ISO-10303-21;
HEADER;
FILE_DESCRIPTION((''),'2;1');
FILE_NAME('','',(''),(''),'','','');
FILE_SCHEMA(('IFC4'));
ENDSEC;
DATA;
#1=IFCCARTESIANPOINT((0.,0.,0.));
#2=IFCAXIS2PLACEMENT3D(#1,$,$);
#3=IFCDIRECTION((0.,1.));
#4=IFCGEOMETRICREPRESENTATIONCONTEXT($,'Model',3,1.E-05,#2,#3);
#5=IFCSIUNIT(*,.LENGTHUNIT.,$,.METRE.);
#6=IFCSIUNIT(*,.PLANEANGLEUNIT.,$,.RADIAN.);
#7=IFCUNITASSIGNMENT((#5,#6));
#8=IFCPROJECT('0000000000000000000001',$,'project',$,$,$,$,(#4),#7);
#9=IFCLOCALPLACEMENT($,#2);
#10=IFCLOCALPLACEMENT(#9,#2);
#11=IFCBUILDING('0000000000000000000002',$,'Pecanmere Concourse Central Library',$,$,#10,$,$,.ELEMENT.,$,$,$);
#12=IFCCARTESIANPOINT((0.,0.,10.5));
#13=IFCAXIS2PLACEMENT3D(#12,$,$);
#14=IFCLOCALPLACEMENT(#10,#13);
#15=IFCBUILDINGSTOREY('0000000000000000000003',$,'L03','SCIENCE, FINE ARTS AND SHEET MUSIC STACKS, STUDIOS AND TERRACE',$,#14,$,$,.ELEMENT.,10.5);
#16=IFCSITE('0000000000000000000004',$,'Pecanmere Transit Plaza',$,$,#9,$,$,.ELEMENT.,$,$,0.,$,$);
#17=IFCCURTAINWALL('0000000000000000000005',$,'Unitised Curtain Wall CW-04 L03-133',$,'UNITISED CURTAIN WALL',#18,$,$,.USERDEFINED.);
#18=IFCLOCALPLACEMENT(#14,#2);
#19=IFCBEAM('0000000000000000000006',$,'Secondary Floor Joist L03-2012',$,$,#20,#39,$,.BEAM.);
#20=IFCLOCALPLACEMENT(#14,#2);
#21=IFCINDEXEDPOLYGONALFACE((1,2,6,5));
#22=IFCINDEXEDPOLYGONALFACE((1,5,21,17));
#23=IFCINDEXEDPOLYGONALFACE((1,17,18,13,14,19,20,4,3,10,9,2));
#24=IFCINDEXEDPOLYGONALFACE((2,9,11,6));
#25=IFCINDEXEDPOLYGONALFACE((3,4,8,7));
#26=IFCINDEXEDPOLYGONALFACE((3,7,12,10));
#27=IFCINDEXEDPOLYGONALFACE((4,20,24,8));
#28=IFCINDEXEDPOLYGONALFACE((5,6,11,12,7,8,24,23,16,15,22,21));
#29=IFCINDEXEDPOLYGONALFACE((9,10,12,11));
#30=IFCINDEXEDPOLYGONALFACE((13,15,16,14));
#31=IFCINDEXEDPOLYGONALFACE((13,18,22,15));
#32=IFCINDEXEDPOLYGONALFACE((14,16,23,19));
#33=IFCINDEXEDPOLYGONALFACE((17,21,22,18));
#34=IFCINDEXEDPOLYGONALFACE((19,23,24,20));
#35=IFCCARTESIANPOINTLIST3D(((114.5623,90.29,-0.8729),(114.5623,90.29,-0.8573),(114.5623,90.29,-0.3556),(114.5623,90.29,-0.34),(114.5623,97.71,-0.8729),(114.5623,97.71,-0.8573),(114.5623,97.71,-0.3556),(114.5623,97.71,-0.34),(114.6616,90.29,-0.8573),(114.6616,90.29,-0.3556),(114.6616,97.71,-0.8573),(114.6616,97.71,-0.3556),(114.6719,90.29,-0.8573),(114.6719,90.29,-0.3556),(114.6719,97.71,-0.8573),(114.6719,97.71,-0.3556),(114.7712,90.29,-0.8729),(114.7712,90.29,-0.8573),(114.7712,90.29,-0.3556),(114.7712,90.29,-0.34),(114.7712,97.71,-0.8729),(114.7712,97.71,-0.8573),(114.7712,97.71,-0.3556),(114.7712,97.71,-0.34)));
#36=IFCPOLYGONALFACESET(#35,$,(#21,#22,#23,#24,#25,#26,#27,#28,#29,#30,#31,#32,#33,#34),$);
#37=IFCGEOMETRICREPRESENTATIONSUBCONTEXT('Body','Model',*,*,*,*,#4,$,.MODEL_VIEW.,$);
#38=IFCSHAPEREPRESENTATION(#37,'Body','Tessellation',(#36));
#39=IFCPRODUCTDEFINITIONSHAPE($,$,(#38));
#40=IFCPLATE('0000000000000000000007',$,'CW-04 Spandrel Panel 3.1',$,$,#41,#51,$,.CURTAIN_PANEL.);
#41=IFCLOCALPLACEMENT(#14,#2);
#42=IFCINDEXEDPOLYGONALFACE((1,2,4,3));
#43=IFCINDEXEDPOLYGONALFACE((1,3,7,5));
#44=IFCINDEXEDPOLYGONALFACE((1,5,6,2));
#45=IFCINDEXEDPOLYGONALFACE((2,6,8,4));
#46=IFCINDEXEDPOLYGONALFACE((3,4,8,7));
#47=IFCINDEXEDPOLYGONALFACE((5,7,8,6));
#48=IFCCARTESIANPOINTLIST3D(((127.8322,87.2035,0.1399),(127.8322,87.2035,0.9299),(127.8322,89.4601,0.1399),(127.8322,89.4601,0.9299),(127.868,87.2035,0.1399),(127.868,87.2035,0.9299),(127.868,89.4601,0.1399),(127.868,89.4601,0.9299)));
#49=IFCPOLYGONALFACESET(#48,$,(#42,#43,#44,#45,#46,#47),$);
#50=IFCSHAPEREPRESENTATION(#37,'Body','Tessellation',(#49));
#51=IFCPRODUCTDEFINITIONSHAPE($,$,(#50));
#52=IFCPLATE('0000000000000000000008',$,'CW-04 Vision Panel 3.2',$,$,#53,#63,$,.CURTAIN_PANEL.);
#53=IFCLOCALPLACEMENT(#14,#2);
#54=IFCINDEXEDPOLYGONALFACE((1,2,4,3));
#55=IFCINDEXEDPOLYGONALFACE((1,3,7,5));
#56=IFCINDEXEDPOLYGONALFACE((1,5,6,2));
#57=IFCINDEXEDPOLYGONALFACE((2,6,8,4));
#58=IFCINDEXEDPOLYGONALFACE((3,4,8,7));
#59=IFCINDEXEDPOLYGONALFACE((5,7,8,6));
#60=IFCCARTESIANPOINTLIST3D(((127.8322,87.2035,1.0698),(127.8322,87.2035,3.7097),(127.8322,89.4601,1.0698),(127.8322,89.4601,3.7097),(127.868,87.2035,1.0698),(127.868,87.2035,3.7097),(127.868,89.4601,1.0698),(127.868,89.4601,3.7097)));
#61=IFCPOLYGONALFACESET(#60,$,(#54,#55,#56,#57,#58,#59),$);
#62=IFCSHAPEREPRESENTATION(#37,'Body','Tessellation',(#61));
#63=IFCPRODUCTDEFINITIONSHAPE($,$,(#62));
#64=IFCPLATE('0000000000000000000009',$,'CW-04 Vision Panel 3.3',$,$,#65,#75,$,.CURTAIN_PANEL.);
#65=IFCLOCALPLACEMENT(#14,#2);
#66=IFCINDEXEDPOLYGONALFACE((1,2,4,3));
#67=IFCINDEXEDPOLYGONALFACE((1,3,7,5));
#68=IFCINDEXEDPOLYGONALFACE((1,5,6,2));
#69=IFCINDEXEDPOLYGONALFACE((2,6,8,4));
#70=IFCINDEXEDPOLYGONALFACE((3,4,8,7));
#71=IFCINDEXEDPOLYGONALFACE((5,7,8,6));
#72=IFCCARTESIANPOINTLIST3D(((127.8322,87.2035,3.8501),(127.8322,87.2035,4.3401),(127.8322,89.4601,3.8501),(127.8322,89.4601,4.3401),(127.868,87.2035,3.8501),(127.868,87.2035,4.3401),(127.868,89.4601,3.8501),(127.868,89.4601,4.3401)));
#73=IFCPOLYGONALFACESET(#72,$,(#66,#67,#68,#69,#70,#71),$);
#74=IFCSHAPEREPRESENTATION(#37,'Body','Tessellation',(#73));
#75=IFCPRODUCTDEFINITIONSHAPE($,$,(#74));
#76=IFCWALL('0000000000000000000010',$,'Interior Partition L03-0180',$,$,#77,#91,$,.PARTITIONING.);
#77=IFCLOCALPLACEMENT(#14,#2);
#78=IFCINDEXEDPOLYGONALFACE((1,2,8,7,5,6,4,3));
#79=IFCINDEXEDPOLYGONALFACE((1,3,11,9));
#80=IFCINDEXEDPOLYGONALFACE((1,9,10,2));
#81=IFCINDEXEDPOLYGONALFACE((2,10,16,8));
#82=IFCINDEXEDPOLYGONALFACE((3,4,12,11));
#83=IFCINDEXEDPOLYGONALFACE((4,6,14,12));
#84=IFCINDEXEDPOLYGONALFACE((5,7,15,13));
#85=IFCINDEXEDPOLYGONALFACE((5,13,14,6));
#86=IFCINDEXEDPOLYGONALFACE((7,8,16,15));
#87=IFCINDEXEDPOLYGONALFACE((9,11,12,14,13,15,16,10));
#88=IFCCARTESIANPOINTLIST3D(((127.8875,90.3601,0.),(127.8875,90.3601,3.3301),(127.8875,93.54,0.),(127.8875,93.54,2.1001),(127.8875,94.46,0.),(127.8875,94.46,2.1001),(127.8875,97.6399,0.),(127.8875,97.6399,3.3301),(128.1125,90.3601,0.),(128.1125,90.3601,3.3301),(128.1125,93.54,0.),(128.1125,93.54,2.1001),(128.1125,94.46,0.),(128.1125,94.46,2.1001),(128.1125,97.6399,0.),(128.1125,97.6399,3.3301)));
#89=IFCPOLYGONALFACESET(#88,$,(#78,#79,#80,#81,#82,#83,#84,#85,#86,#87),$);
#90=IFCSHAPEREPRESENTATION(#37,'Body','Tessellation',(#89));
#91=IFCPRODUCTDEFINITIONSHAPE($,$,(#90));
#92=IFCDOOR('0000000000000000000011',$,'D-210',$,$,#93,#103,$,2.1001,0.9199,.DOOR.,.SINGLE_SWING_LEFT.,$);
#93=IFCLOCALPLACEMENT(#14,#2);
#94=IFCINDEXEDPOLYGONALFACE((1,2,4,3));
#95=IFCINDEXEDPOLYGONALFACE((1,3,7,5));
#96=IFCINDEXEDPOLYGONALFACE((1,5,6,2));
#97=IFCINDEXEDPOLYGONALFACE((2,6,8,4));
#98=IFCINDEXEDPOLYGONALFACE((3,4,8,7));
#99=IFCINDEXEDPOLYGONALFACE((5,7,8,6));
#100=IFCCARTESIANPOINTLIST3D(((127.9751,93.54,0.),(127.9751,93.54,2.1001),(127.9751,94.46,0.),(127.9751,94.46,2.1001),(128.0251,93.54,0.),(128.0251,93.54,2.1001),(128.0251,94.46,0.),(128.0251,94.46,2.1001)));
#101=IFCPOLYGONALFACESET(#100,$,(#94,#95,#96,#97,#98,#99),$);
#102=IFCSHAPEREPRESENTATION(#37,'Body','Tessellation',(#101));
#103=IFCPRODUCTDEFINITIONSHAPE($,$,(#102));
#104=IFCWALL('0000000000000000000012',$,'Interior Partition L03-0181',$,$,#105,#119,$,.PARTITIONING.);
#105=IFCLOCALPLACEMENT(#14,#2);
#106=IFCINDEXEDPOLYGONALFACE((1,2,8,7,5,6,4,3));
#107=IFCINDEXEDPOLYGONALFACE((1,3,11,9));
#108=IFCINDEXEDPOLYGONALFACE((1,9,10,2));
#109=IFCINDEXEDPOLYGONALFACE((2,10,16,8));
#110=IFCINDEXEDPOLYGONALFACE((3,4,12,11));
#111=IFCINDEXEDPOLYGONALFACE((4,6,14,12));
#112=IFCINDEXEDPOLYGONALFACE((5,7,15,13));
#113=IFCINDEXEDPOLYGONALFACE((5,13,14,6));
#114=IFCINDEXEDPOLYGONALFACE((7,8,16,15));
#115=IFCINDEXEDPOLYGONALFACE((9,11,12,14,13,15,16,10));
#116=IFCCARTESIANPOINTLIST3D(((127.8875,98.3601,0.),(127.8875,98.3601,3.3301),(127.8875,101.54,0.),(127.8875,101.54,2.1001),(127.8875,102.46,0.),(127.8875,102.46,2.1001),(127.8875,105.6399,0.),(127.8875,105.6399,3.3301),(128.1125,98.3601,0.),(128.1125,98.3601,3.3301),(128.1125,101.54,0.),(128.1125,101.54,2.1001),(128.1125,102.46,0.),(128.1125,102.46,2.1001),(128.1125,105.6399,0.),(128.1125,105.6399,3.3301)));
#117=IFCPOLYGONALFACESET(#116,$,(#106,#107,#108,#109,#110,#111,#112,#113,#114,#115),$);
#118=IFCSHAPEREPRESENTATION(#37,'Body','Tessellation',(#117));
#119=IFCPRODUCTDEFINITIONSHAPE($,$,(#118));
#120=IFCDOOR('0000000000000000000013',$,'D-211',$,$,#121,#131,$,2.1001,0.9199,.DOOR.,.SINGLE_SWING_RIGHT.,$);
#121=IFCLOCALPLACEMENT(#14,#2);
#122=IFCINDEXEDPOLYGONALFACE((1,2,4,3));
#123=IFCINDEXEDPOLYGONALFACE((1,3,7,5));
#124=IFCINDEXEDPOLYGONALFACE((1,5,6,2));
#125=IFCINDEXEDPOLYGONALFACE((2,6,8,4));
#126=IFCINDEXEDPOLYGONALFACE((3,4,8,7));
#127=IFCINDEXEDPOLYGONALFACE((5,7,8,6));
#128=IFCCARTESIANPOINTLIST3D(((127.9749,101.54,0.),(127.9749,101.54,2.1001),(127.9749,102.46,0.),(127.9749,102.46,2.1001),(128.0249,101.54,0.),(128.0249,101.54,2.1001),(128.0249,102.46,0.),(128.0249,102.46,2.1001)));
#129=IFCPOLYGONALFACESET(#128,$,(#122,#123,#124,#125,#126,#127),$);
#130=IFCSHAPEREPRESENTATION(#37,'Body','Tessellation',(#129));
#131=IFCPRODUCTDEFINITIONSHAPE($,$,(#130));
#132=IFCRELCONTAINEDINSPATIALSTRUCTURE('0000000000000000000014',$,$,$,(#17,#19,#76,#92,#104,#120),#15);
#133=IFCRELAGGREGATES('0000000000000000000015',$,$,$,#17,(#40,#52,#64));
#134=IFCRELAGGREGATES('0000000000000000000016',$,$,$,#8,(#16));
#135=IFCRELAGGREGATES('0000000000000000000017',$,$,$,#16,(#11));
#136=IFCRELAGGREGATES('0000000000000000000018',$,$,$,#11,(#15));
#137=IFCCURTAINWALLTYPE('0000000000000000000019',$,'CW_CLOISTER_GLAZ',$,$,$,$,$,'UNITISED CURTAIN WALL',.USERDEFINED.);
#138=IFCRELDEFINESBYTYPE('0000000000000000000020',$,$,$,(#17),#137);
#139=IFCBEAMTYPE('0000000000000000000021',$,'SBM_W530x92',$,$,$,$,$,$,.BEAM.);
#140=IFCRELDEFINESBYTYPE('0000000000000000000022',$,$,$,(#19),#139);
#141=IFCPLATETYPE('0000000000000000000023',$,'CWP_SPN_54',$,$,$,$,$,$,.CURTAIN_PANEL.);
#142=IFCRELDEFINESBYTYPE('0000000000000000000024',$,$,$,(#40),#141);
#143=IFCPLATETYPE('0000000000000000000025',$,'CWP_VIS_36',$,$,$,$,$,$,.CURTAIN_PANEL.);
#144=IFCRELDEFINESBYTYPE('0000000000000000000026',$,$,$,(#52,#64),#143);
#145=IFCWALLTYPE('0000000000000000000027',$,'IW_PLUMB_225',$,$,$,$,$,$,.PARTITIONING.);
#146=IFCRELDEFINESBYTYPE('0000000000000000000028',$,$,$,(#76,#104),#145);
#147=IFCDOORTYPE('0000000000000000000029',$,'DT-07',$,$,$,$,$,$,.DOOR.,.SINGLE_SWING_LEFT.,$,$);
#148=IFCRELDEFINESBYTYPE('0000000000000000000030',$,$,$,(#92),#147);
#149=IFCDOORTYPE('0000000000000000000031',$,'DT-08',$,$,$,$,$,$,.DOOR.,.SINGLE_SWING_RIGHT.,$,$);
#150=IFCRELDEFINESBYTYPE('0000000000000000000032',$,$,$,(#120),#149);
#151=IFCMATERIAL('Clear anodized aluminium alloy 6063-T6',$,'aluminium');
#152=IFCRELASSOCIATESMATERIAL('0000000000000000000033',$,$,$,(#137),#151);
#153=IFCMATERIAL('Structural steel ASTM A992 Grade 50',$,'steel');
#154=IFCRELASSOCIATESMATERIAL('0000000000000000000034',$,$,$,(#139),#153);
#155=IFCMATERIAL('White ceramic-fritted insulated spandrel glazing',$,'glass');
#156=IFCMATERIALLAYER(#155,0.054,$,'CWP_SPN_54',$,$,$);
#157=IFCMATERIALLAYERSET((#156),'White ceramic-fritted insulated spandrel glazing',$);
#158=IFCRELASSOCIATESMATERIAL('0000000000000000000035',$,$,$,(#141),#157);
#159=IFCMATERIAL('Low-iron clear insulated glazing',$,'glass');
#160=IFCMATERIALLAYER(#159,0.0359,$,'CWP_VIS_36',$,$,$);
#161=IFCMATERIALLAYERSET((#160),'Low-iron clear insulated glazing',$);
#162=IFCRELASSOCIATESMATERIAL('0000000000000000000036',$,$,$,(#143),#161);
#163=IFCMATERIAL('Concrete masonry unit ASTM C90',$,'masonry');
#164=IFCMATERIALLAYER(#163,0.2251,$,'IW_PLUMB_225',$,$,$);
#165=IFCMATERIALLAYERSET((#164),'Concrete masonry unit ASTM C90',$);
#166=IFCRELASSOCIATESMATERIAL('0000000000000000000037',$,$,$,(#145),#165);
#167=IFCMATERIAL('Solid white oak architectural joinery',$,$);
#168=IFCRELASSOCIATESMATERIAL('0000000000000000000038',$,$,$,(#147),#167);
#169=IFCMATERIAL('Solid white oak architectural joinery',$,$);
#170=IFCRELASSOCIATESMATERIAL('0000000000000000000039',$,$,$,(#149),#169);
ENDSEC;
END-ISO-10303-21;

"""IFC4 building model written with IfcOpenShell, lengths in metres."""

from ifc_helpers import new_model, si_unit, direction, frame, frame_2d, origin, origin_2d, place, context, subcontext, project, spatial, rectangle, i_section, extrude, material, layer, layer_set, material_profile, profile_set, type_object, element, fill, aggregate, save


model = new_model("IFC4")

# Units and contexts
model_context = context("Model", 3, precision=1e-05, world=origin(), true_north=direction((0.0, 1.0)))
body_context = subcontext(model_context, "Body", "Model", "MODEL_VIEW")
ifc_project = project(units=[si_unit("LENGTHUNIT", "METRE"), si_unit("PLANEANGLEUNIT", "RADIAN")], contexts=[model_context])

# Site, building, storey
site_placement = place(None, origin())
site = spatial("IfcSite", under=ifc_project, at=site_placement, Name="Pecanmere Transit Plaza", CompositionType="ELEMENT", RefElevation=0.0)
building_placement = place(site_placement, origin())
building = spatial("IfcBuilding", under=site, at=building_placement, Name="Pecanmere Concourse Central Library", CompositionType="ELEMENT")
storey_placement = place(building_placement, frame((0.0, 0.0, 10.5)))
storey = spatial("IfcBuildingStorey", under=building, at=storey_placement, Name="L03", Description="SCIENCE, FINE ARTS AND SHEET MUSIC STACKS, STUDIOS AND TERRACE", CompositionType="ELEMENT", Elevation=10.5)

# Curtain wall
ifc_material_1 = material(Name="Clear anodized aluminium alloy 6063-T6", Category="aluminium")
curtain_wall_type = type_object("IfcCurtainWallType", Name="CW_CLOISTER_GLAZ", ElementType="UNITISED CURTAIN WALL", PredefinedType="USERDEFINED", material=ifc_material_1)
curtain_wall_placement = place(storey_placement, origin())
curtain_wall = element("IfcCurtainWall", 1, at=curtain_wall_placement, inside=storey, type_object=curtain_wall_type, Name="Unitised Curtain Wall CW-04 L03-133", ObjectType="UNITISED CURTAIN WALL", PredefinedType="USERDEFINED")

# Beam
ifc_material_2 = material(Name="Structural steel ASTM A992 Grade 50", Category="steel")
ifc_material_profile_1 = material_profile(ifc_material_2, i_section(OverallWidth=0.209, OverallDepth=0.533, WebThickness=0.0103, FlangeThickness=0.0156, at=origin_2d()), Name="W530x92")
ifc_profile_set_1 = profile_set([ifc_material_profile_1], Name="Structural steel ASTM A992 Grade 50")
beam_type_1 = type_object("IfcBeamType", Name="SBM_W530x92", PredefinedType="BEAM", material=ifc_profile_set_1)
beam_1_placement = place(storey_placement, frame((114.6667, 90.29, -0.6064), z_axis=(0.0, 1.0, 0.0), x_axis=(-1.0, 0.0, 0.0)))
element("IfcBeam", 2, at=beam_1_placement, inside=storey, type_object=beam_type_1, Name="Secondary Floor Joist L03-2012", PredefinedType="BEAM", context=body_context, shape_type="SweptSolid", body=[
    extrude(i_section(OverallWidth=0.209, OverallDepth=0.533, WebThickness=0.0103, FlangeThickness=0.0156, at=origin_2d()), origin(), (0.0, 0.0, 1.0), 7.4199),
])

# Plates
ifc_material_3 = material(Name="White ceramic-fritted insulated spandrel glazing", Category="glass")
ifc_layer_1 = layer(ifc_material_3, 0.054, Name="CWP_SPN_54")
ifc_layer_set_1 = layer_set([ifc_layer_1], Name="White ceramic-fritted insulated spandrel glazing")
plate_type_1 = type_object("IfcPlateType", Name="CWP_SPN_54", PredefinedType="CURTAIN_PANEL", material=ifc_layer_set_1)
plate_1_placement = place(storey_placement, frame((127.8501, 88.3318, 0.1399), z_axis=(0.0, 0.0, 1.0), x_axis=(0.0, 1.0, 0.0)))
plate_1 = element("IfcPlate", 3, at=plate_1_placement, type_object=plate_type_1, Name="CW-04 Spandrel Panel 3.1", PredefinedType="CURTAIN_PANEL", context=body_context, shape_type="SweptSolid", body=[
    extrude(rectangle(XDim=2.2566, YDim=0.0359, at=origin_2d()), origin(), (0.0, 0.0, 1.0), 0.79),
])
ifc_material_4 = material(Name="Low-iron clear insulated glazing", Category="glass")
ifc_layer_2 = layer(ifc_material_4, 0.0359, Name="CWP_VIS_36")
ifc_layer_set_2 = layer_set([ifc_layer_2], Name="Low-iron clear insulated glazing")
plate_type_2 = type_object("IfcPlateType", Name="CWP_VIS_36", PredefinedType="CURTAIN_PANEL", material=ifc_layer_set_2)
plate_2_placement = place(storey_placement, frame((127.8501, 88.3318, 1.0698), z_axis=(0.0, 0.0, 1.0), x_axis=(0.0, 1.0, 0.0)))
plate_2 = element("IfcPlate", 4, at=plate_2_placement, type_object=plate_type_2, Name="CW-04 Vision Panel 3.2", PredefinedType="CURTAIN_PANEL", context=body_context, shape_type="SweptSolid", body=[
    extrude(rectangle(XDim=2.2566, YDim=0.0359, at=origin_2d()), origin(), (0.0, 0.0, 1.0), 2.6399),
])
plate_3_placement = place(storey_placement, frame((127.8501, 88.3318, 3.8501), z_axis=(0.0, 0.0, 1.0), x_axis=(0.0, 1.0, 0.0)))
plate_3 = element("IfcPlate", 5, at=plate_3_placement, type_object=plate_type_2, Name="CW-04 Vision Panel 3.3", PredefinedType="CURTAIN_PANEL", context=body_context, shape_type="SweptSolid", body=[
    extrude(rectangle(XDim=2.2566, YDim=0.0359, at=origin_2d()), origin(), (0.0, 0.0, 1.0), 0.49),
])
aggregate(curtain_wall, [plate_1, plate_2, plate_3])

# Walls, openings, doors
ifc_material_5 = material(Name="Concrete masonry unit ASTM C90", Category="masonry")
ifc_layer_3 = layer(ifc_material_5, 0.2251, Name="IW_PLUMB_225")
ifc_layer_set_3 = layer_set([ifc_layer_3], Name="Concrete masonry unit ASTM C90")
wall_type = type_object("IfcWallType", Name="IW_PLUMB_225", PredefinedType="PARTITIONING", material=ifc_layer_set_3)
wall_1_placement = place(storey_placement, frame((128.0, 90.3601, 0.0), z_axis=(0.0, 0.0, 1.0), x_axis=(0.0, 1.0, 0.0)))
wall_1 = element("IfcWall", 6, at=wall_1_placement, inside=storey, type_object=wall_type, Name="Interior Partition L03-0180", PredefinedType="PARTITIONING", context=body_context, shape_type="SweptSolid", body=[
    extrude(rectangle(XDim=7.2798, YDim=0.2251, at=frame_2d((3.6399, 0.0))), origin(), (0.0, 0.0, 1.0), 3.3301),
])
opening_1_placement = place(wall_1_placement, frame((3.1799, 0.0, 0.0)))
opening_1 = element("IfcOpeningElement", 7, at=opening_1_placement, cuts=wall_1, PredefinedType="OPENING", context=body_context, shape_type="SweptSolid", body=[
    extrude(rectangle(XDim=0.9199, YDim=2.1001, at=frame_2d((0.46, 1.05))), frame((0.0, 0.1245, 0.0), z_axis=(0.0, -1.0, 0.0), x_axis=(1.0, 0.0, 0.0)), (0.0, 0.0, 1.0), 0.249),
])
ifc_material_6 = material(Name="Solid white oak architectural joinery")
door_type_1 = type_object("IfcDoorType", Name="DT-07", OperationType="SINGLE_SWING_LEFT", PredefinedType="DOOR", material=ifc_material_6)
door_1_placement = place(opening_1_placement, origin())
door_1 = element("IfcDoor", 8, at=door_1_placement, inside=storey, type_object=door_type_1, Name="D-210", OperationType="SINGLE_SWING_LEFT", OverallHeight=2.1001, OverallWidth=0.9199, PredefinedType="DOOR", context=body_context, shape_type="SweptSolid", body=[
    extrude(rectangle(XDim=0.9199, YDim=2.1001, at=frame_2d((0.46, 1.05))), frame((0.0, 0.0249, 0.0), z_axis=(0.0, -1.0, 0.0), x_axis=(1.0, 0.0, 0.0)), (0.0, 0.0, 1.0), 0.05),
])
fill(opening_1, door_1)
wall_2_placement = place(storey_placement, frame((128.0, 98.3601, 0.0), z_axis=(0.0, 0.0, 1.0), x_axis=(0.0, 1.0, 0.0)))
wall_2 = element("IfcWall", 9, at=wall_2_placement, inside=storey, type_object=wall_type, Name="Interior Partition L03-0181", PredefinedType="PARTITIONING", context=body_context, shape_type="SweptSolid", body=[
    extrude(rectangle(XDim=7.2798, YDim=0.2251, at=frame_2d((3.6399, 0.0))), origin(), (0.0, 0.0, 1.0), 3.3301),
])
opening_2_placement = place(wall_2_placement, frame((3.1799, 0.0, 0.0)))
opening_2 = element("IfcOpeningElement", 10, at=opening_2_placement, cuts=wall_2, PredefinedType="OPENING", context=body_context, shape_type="SweptSolid", body=[
    extrude(rectangle(XDim=0.9199, YDim=2.1001, at=frame_2d((0.46, 1.05))), frame((0.0, 0.1245, 0.0), z_axis=(0.0, -1.0, 0.0), x_axis=(1.0, 0.0, 0.0)), (0.0, 0.0, 1.0), 0.249),
])
ifc_material_7 = material(Name="Solid white oak architectural joinery")
door_type_2 = type_object("IfcDoorType", Name="DT-08", OperationType="SINGLE_SWING_RIGHT", PredefinedType="DOOR", material=ifc_material_7)
door_2_placement = place(opening_2_placement, frame((0.9199, 0.0, 0.0), z_axis=(0.0, 0.0, 1.0), x_axis=(-1.0, 0.0, 0.0)))
door_2 = element("IfcDoor", 11, at=door_2_placement, inside=storey, type_object=door_type_2, Name="D-211", OperationType="SINGLE_SWING_RIGHT", OverallHeight=2.1001, OverallWidth=0.9199, PredefinedType="DOOR", context=body_context, shape_type="SweptSolid", body=[
    extrude(rectangle(XDim=0.9199, YDim=2.1001, at=frame_2d((0.46, 1.05))), frame((0.0, 0.0249, 0.0), z_axis=(0.0, -1.0, 0.0), x_axis=(1.0, 0.0, 0.0)), (0.0, 0.0, 1.0), 0.05),
])
fill(opening_2, door_2)

save(model, "model.ifc")
